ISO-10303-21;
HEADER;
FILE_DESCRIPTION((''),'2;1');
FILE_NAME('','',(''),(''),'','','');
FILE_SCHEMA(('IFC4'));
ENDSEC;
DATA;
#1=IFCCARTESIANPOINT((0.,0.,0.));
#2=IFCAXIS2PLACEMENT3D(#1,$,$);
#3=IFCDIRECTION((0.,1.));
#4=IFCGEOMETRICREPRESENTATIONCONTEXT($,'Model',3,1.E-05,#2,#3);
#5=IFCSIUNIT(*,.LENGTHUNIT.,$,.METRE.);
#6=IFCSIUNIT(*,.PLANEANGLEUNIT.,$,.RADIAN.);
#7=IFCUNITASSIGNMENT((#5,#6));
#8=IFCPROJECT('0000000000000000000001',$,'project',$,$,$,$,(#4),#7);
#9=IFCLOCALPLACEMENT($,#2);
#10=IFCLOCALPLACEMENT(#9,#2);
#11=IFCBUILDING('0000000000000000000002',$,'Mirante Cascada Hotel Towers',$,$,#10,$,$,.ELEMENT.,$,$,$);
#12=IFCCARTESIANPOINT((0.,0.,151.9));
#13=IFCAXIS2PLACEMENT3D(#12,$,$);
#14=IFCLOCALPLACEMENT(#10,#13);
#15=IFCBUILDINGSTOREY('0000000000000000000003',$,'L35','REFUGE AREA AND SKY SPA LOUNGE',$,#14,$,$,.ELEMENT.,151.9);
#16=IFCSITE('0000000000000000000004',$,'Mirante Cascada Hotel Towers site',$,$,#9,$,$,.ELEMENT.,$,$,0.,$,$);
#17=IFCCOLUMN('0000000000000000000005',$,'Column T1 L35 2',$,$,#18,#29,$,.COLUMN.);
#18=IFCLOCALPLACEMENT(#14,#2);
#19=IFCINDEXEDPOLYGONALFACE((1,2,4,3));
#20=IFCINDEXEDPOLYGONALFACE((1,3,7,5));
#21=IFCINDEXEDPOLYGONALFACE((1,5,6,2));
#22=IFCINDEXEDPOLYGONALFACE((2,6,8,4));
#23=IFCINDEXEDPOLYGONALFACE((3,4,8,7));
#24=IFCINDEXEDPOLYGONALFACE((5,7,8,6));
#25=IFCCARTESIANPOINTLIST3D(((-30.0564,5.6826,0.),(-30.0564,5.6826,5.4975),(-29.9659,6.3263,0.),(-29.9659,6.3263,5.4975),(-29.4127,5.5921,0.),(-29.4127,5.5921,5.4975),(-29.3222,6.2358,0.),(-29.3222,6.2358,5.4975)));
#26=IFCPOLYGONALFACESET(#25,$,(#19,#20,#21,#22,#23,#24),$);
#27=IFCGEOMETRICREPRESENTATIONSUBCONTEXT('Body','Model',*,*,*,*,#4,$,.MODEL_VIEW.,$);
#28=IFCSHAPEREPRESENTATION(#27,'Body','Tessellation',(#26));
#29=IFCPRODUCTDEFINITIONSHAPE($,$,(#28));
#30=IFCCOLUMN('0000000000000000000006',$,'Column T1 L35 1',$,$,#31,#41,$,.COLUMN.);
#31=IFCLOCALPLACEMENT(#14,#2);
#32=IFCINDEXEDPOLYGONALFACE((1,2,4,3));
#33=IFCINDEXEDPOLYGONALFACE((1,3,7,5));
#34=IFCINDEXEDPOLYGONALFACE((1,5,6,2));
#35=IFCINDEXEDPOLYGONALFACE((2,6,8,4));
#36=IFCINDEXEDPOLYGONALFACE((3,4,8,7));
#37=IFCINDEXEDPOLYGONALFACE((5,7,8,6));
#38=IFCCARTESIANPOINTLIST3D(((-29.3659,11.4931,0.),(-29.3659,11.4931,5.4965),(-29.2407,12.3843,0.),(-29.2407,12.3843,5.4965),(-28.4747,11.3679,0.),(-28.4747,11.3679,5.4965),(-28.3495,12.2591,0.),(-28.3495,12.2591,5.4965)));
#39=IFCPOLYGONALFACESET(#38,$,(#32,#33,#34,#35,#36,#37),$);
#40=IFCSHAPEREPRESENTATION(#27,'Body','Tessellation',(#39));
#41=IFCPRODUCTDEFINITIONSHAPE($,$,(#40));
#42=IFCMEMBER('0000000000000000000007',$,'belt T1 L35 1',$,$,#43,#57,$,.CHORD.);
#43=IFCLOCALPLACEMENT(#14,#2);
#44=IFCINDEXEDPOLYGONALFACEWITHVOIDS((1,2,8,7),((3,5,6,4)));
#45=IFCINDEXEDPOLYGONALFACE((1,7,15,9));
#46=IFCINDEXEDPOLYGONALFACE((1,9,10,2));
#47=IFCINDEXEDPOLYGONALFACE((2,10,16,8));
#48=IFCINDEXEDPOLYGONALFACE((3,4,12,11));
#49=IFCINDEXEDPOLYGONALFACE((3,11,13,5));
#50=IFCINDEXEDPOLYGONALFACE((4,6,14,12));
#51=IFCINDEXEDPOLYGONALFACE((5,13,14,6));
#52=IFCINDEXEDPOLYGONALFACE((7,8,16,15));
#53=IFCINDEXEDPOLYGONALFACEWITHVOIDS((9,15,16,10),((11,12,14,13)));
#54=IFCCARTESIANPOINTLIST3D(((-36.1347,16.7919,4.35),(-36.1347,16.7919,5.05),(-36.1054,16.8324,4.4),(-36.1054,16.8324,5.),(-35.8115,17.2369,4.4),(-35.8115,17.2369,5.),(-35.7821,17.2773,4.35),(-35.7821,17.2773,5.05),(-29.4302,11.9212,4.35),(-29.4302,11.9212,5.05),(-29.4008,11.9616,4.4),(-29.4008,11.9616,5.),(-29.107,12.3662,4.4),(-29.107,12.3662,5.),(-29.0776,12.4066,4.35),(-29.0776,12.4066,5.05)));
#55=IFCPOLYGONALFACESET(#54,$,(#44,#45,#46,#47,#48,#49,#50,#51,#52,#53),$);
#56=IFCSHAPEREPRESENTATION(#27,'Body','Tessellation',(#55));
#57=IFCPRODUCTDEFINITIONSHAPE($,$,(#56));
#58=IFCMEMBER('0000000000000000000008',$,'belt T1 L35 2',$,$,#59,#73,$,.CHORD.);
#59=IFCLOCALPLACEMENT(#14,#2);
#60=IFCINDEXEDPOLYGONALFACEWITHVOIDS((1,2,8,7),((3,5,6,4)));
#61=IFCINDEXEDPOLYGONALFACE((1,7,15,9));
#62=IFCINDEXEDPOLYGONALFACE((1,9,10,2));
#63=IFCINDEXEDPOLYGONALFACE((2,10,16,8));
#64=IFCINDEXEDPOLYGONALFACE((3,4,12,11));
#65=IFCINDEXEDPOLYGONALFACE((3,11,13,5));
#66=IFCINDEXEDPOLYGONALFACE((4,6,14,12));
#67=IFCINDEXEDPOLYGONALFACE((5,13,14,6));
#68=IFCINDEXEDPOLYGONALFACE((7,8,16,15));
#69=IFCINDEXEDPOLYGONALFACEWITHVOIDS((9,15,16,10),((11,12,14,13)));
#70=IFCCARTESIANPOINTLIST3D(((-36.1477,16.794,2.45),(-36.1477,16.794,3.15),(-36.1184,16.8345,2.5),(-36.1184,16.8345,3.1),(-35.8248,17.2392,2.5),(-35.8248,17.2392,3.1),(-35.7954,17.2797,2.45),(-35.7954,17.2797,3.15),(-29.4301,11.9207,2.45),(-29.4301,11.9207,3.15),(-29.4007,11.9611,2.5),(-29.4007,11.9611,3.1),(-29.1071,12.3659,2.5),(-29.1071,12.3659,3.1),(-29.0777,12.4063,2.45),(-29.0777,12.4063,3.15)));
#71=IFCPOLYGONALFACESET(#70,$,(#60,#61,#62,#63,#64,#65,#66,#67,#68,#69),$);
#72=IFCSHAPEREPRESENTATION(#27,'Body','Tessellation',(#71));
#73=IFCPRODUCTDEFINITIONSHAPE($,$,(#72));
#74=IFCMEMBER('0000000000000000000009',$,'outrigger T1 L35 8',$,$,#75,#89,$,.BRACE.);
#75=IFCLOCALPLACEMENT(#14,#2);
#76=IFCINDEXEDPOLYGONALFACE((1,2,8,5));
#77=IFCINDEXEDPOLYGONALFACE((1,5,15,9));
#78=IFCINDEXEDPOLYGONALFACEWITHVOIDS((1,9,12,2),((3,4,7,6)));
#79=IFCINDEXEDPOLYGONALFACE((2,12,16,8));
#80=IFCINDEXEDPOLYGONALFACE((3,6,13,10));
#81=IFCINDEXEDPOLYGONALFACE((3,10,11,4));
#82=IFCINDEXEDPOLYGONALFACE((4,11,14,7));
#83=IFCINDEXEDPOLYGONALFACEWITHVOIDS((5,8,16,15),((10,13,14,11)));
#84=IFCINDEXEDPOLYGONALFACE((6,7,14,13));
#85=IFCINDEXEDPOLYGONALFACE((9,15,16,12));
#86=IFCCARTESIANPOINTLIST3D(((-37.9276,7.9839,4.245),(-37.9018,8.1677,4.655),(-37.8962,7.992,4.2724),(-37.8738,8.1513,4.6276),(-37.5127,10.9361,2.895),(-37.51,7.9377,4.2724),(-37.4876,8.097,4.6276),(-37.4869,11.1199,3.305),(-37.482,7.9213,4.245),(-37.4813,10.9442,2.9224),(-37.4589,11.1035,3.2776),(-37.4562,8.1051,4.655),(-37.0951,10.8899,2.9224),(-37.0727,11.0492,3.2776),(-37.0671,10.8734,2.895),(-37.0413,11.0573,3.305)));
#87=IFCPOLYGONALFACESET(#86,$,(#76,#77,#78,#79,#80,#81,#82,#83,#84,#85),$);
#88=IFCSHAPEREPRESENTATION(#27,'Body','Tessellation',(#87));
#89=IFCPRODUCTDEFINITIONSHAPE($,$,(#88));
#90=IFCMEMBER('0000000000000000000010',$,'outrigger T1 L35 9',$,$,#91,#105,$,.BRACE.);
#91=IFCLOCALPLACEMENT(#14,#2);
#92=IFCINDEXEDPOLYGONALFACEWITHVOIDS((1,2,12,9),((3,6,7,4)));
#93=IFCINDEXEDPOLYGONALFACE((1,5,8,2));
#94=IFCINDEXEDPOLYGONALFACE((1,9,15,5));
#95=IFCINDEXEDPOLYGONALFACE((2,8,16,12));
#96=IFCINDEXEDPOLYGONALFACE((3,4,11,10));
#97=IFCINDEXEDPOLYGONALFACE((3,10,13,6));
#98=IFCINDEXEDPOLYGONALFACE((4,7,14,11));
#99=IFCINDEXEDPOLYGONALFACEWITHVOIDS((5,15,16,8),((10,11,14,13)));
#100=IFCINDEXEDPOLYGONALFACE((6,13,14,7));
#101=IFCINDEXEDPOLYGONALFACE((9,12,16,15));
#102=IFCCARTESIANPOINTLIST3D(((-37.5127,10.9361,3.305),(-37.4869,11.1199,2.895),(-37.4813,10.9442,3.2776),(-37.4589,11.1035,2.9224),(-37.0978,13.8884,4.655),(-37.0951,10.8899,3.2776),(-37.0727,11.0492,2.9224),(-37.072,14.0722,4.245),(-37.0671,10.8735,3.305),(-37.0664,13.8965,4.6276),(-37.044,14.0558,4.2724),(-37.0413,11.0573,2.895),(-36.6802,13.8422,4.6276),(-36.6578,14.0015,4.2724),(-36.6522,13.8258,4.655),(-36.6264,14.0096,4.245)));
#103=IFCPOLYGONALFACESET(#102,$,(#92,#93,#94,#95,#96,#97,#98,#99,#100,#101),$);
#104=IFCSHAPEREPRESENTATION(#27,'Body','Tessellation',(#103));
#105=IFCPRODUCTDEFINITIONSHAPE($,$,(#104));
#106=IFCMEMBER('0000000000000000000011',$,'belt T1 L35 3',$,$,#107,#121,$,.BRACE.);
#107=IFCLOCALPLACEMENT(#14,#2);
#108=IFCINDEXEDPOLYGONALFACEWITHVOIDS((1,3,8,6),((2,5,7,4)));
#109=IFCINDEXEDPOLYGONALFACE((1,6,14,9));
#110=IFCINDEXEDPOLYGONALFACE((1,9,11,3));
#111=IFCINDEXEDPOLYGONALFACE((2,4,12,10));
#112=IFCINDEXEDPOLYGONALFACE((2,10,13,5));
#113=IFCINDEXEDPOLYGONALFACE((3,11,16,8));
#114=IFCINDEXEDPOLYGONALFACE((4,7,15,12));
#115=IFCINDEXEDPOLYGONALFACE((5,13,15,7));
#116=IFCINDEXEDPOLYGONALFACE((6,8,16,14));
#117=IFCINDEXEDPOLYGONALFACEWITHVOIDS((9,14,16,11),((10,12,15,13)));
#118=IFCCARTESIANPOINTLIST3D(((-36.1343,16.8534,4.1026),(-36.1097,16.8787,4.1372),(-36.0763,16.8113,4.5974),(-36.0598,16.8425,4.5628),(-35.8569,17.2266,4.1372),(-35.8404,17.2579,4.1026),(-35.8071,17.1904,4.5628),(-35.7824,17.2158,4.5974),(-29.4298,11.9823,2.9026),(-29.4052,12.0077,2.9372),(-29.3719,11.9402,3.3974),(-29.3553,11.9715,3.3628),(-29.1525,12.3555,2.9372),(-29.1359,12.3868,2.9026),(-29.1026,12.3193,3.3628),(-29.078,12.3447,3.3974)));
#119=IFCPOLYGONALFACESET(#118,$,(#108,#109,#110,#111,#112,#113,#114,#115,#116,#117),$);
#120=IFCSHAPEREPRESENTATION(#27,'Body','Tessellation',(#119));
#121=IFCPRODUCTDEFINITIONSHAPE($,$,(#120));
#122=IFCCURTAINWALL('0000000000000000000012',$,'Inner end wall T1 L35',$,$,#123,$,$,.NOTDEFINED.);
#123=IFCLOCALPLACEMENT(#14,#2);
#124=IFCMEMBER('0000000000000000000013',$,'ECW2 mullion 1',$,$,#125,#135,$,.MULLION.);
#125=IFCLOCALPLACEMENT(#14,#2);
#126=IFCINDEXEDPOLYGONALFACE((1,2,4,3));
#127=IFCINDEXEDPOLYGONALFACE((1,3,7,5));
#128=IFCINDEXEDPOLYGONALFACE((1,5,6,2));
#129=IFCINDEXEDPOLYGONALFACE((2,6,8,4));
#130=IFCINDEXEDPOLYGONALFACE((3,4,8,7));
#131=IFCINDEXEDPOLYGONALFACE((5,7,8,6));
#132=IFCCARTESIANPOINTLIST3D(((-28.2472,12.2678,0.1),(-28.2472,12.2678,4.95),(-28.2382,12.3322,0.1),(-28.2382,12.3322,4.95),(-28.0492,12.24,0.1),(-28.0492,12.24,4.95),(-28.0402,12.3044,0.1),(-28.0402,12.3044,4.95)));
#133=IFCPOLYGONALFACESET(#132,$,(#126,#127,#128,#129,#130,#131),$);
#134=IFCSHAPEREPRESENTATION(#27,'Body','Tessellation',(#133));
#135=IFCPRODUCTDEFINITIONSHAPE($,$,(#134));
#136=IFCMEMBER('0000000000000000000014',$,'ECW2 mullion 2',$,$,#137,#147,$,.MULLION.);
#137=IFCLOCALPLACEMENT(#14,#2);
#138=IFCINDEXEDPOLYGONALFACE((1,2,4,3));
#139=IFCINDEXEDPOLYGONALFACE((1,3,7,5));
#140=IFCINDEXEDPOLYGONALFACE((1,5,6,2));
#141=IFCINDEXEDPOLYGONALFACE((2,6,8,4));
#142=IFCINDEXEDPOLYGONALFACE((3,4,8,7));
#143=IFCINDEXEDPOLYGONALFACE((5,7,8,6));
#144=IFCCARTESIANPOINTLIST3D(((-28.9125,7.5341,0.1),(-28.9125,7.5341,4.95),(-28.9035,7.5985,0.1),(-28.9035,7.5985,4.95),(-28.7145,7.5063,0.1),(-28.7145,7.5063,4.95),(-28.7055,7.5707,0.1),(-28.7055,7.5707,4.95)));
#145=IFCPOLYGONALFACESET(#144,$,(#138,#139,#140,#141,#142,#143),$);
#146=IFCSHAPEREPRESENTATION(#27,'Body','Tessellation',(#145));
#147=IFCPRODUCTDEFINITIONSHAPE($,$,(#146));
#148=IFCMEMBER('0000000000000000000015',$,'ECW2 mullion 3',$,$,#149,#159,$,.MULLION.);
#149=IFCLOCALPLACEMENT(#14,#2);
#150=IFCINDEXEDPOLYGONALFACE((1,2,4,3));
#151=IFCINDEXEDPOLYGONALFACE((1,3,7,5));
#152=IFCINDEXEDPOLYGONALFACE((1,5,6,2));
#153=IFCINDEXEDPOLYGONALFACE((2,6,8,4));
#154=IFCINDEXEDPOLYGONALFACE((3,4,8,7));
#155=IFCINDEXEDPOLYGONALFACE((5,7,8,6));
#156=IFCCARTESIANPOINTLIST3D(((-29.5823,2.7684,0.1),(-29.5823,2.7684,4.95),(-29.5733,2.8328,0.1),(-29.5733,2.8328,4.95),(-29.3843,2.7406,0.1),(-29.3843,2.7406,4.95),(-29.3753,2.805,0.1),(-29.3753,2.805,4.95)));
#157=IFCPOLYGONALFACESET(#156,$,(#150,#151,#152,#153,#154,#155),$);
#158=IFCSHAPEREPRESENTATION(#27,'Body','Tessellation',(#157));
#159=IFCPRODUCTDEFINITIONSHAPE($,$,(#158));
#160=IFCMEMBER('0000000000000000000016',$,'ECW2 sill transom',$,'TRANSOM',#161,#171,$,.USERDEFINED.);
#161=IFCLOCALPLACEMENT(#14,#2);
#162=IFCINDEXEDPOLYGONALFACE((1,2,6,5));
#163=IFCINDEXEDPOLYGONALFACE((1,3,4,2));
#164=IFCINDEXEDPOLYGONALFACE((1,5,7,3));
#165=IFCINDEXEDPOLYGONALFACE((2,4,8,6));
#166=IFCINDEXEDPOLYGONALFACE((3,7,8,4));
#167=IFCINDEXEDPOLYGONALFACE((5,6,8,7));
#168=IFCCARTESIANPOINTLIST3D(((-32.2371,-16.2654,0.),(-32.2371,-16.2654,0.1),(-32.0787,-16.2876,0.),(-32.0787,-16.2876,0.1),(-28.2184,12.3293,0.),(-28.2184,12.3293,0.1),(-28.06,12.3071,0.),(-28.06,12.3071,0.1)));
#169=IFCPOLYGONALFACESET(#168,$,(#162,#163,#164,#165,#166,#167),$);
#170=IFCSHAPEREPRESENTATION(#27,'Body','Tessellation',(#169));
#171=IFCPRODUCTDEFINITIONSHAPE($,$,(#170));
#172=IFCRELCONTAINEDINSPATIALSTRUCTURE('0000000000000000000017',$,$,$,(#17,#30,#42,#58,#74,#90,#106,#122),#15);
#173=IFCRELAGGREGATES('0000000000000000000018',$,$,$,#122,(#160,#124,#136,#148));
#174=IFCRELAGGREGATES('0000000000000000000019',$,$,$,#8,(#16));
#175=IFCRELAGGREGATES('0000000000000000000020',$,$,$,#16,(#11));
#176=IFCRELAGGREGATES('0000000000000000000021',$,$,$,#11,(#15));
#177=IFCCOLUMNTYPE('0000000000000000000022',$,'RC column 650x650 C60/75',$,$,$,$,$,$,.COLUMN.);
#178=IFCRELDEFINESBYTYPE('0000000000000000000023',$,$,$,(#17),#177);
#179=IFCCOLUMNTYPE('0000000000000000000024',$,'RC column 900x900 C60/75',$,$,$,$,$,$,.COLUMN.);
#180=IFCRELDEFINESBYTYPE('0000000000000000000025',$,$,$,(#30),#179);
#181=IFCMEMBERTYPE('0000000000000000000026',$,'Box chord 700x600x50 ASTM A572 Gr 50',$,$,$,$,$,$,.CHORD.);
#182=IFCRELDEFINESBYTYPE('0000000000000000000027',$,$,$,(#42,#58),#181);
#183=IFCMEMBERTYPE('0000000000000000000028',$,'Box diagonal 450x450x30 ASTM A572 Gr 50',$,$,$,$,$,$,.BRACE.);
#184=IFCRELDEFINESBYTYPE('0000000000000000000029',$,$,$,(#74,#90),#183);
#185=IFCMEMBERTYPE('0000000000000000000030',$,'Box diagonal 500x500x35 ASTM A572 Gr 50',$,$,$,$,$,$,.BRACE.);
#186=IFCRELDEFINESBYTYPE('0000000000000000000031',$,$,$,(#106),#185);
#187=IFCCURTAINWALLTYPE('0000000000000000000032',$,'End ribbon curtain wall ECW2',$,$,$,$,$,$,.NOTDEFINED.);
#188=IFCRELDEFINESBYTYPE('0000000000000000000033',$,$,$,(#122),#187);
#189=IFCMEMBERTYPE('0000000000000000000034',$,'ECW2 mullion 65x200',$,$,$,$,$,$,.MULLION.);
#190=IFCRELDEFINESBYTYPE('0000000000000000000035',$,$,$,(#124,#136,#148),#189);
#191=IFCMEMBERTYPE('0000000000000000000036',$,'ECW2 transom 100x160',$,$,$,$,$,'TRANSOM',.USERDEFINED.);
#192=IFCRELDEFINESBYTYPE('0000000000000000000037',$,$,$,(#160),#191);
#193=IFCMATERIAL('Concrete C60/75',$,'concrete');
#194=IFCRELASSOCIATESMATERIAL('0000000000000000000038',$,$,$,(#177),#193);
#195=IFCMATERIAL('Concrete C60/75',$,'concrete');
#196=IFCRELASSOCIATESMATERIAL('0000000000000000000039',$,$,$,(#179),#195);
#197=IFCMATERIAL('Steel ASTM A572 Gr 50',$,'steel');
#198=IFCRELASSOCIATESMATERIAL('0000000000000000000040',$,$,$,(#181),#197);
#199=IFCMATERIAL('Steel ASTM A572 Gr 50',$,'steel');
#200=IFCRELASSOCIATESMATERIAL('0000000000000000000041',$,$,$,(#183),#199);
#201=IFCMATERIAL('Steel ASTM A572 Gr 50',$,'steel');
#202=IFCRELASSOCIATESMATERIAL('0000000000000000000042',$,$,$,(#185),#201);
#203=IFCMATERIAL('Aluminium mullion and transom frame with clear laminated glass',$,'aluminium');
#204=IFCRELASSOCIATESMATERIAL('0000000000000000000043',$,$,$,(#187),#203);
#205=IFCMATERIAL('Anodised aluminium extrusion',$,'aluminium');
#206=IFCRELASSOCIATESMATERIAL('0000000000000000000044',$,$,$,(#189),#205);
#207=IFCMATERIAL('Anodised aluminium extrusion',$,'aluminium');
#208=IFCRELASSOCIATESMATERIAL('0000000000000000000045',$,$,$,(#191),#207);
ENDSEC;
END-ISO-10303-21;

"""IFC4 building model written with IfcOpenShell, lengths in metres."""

from ifc_helpers import new_model, si_unit, direction, frame, origin, origin_2d, place, context, subcontext, project, spatial, rectangle, hollow_rectangle, extrude, material, material_profile, profile_set, type_object, element, aggregate, save


model = new_model("IFC4")

# Units and contexts
model_context = context("Model", 3, precision=1e-05, world=origin(), true_north=direction((0.0, 1.0)))
body_context = subcontext(model_context, "Body", "Model", "MODEL_VIEW")
ifc_project = project(units=[si_unit("LENGTHUNIT", "METRE"), si_unit("PLANEANGLEUNIT", "RADIAN")], contexts=[model_context])

# Site, building, storey
site_placement = place(None, origin())
site = spatial("IfcSite", under=ifc_project, at=site_placement, Name="Mirante Cascada Hotel Towers site", CompositionType="ELEMENT", RefElevation=0.0)
building_placement = place(site_placement, origin())
building = spatial("IfcBuilding", under=site, at=building_placement, Name="Mirante Cascada Hotel Towers", CompositionType="ELEMENT")
storey_placement = place(building_placement, frame((0.0, 0.0, 151.9)))
storey = spatial("IfcBuildingStorey", under=building, at=storey_placement, Name="L35", Description="REFUGE AREA AND SKY SPA LOUNGE", CompositionType="ELEMENT", Elevation=151.9)

# Columns
ifc_material_1 = material(Name="Concrete C60/75", Category="concrete")
ifc_material_profile_1 = material_profile(ifc_material_1, rectangle(XDim=0.65, YDim=0.65, at=origin_2d()), Name="RC column 650x650 C60/75")
ifc_profile_set_1 = profile_set([ifc_material_profile_1], Name="Concrete C60/75")
column_type_1 = type_object("IfcColumnType", Name="RC column 650x650 C60/75", PredefinedType="COLUMN", material=ifc_profile_set_1)
column_1_placement = place(storey_placement, frame((-29.6893, 5.9592, 0.0), z_axis=(0.0, 0.0, 1.0), x_axis=(-0.990268, 0.139173, 0.0)))
element("IfcColumn", 1, at=column_1_placement, inside=storey, type_object=column_type_1, Name="Column T1 L35 2", PredefinedType="COLUMN", context=body_context, shape_type="SweptSolid", body=[
    extrude(rectangle(XDim=0.65, YDim=0.65, at=origin_2d()), origin(), (0.0, 0.0, 1.0), 5.4975),
])
ifc_material_2 = material(Name="Concrete C60/75", Category="concrete")
ifc_material_profile_2 = material_profile(ifc_material_2, rectangle(XDim=0.9, YDim=0.9, at=origin_2d()), Name="RC column 900x900 C60/75")
ifc_profile_set_2 = profile_set([ifc_material_profile_2], Name="Concrete C60/75")
column_type_2 = type_object("IfcColumnType", Name="RC column 900x900 C60/75", PredefinedType="COLUMN", material=ifc_profile_set_2)
column_2_placement = place(storey_placement, frame((-28.8577, 11.8761, 0.0), z_axis=(0.0, 0.0, 1.0), x_axis=(-0.990268, 0.139173, 0.0)))
element("IfcColumn", 2, at=column_2_placement, inside=storey, type_object=column_type_2, Name="Column T1 L35 1", PredefinedType="COLUMN", context=body_context, shape_type="SweptSolid", body=[
    extrude(rectangle(XDim=0.9, YDim=0.9, at=origin_2d()), origin(), (0.0, 0.0, 1.0), 5.4965),
])

# Members
ifc_material_3 = material(Name="Steel ASTM A572 Gr 50", Category="steel")
ifc_material_profile_3 = material_profile(ifc_material_3, hollow_rectangle(XDim=0.6, YDim=0.7, WallThickness=0.05, at=origin_2d()), Name="Box chord 700x600x50 ASTM A572 Gr 50")
ifc_profile_set_3 = profile_set([ifc_material_profile_3], Name="Steel ASTM A572 Gr 50")
member_type_1 = type_object("IfcMemberType", Name="Box chord 700x600x50 ASTM A572 Gr 50", PredefinedType="CHORD", material=ifc_profile_set_3)
member_1_placement = place(storey_placement, frame((-29.2539, 12.1639, 4.7), z_axis=(-0.80904, 0.587753, 0.0), x_axis=(-0.587753, -0.80904, 0.0)))
element("IfcMember", 3, at=member_1_placement, inside=storey, type_object=member_type_1, Name="belt T1 L35 1", PredefinedType="CHORD", context=body_context, shape_type="SweptSolid", body=[
    extrude(hollow_rectangle(XDim=0.6, YDim=0.7, WallThickness=0.05, at=origin_2d()), origin(), (0.0, 0.0, 1.0), 8.287),
])
member_2_placement = place(storey_placement, frame((-29.2539, 12.1635, 2.8), z_axis=(-0.809435, 0.58721, 0.0), x_axis=(-0.58721, -0.809435, 0.0)))
element("IfcMember", 4, at=member_2_placement, inside=storey, type_object=member_type_1, Name="belt T1 L35 2", PredefinedType="CHORD", context=body_context, shape_type="SweptSolid", body=[
    extrude(hollow_rectangle(XDim=0.6, YDim=0.7, WallThickness=0.05, at=origin_2d()), origin(), (0.0, 0.0, 1.0), 8.2992),
])
ifc_material_4 = material(Name="Steel ASTM A572 Gr 50", Category="steel")
ifc_material_profile_4 = material_profile(ifc_material_4, hollow_rectangle(XDim=0.45, YDim=0.45, WallThickness=0.03, at=origin_2d()), Name="Box diagonal 450x450x30 ASTM A572 Gr 50")
ifc_profile_set_4 = profile_set([ifc_material_profile_4], Name="Steel ASTM A572 Gr 50")
member_type_2 = type_object("IfcMemberType", Name="Box diagonal 450x450x30 ASTM A572 Gr 50", PredefinedType="BRACE", material=ifc_profile_set_4)
member_3_placement = place(storey_placement, frame((-37.6919, 8.0445, 4.45), z_axis=(0.126779, 0.902087, -0.412512), x_axis=(-0.990268, 0.139172, 0.0)))
element("IfcMember", 5, at=member_3_placement, inside=storey, type_object=member_type_2, Name="outrigger T1 L35 8", PredefinedType="BRACE", context=body_context, shape_type="SweptSolid", body=[
    extrude(hollow_rectangle(XDim=0.45, YDim=0.45, WallThickness=0.03, at=origin_2d()), origin(), (0.0, 0.0, 1.0), 3.2726),
])
member_4_placement = place(storey_placement, frame((-37.277, 10.9967, 3.1), z_axis=(0.126775, 0.902093, 0.4125), x_axis=(-0.990269, 0.139167, 0.0)))
element("IfcMember", 6, at=member_4_placement, inside=storey, type_object=member_type_2, Name="outrigger T1 L35 9", PredefinedType="BRACE", context=body_context, shape_type="SweptSolid", body=[
    extrude(hollow_rectangle(XDim=0.45, YDim=0.45, WallThickness=0.03, at=origin_2d()), origin(), (0.0, 0.0, 1.0), 3.2727),
])
ifc_material_5 = material(Name="Steel ASTM A572 Gr 50", Category="steel")
ifc_material_profile_5 = material_profile(ifc_material_5, hollow_rectangle(XDim=0.5, YDim=0.5, WallThickness=0.035, at=origin_2d()), Name="Box diagonal 500x500x35 ASTM A572 Gr 50")
ifc_profile_set_5 = profile_set([ifc_material_profile_5], Name="Steel ASTM A572 Gr 50")
member_type_3 = type_object("IfcMemberType", Name="Box diagonal 500x500x35 ASTM A572 Gr 50", PredefinedType="BRACE", material=ifc_profile_set_5)
member_5_placement = place(storey_placement, frame((-29.2539, 12.1635, 3.15), z_axis=(-0.800667, 0.581718, 0.143307), x_axis=(-0.587785, -0.809017, 0.0)))
element("IfcMember", 7, at=member_5_placement, inside=storey, type_object=member_type_3, Name="belt T1 L35 3", PredefinedType="BRACE", context=body_context, shape_type="SweptSolid", body=[
    extrude(hollow_rectangle(XDim=0.5, YDim=0.5, WallThickness=0.035, at=origin_2d()), origin(), (0.0, 0.0, 1.0), 8.3736),
])

# Curtain wall, members
ifc_material_6 = material(Name="Aluminium mullion and transom frame with clear laminated glass", Category="aluminium")
curtain_wall_type = type_object("IfcCurtainWallType", Name="End ribbon curtain wall ECW2", PredefinedType="NOTDEFINED", material=ifc_material_6)
curtain_wall_placement = place(storey_placement, origin())
curtain_wall = element("IfcCurtainWall", 8, at=curtain_wall_placement, inside=storey, type_object=curtain_wall_type, Name="Inner end wall T1 L35", PredefinedType="NOTDEFINED")
ifc_material_7 = material(Name="Anodised aluminium extrusion", Category="aluminium")
ifc_material_profile_6 = material_profile(ifc_material_7, rectangle(XDim=0.2, YDim=0.065, at=origin_2d()), Name="ECW2 MULLION 65x200")
ifc_profile_set_6 = profile_set([ifc_material_profile_6], Name="Anodised aluminium extrusion")
member_type_4 = type_object("IfcMemberType", Name="ECW2 mullion 65x200", PredefinedType="MULLION", material=ifc_profile_set_6)
member_6_placement = place(storey_placement, frame((-28.1437, 12.2861, 0.1), z_axis=(0.0, 0.0, 1.0), x_axis=(0.990268, -0.139173, 0.0)))
member_6 = element("IfcMember", 9, at=member_6_placement, type_object=member_type_4, Name="ECW2 mullion 1", PredefinedType="MULLION", context=body_context, shape_type="SweptSolid", body=[
    extrude(rectangle(XDim=0.2, YDim=0.065, at=origin_2d()), origin(), (0.0, 0.0, 1.0), 4.85),
])
member_7_placement = place(storey_placement, frame((-28.809, 7.5524, 0.1), z_axis=(0.0, 0.0, 1.0), x_axis=(0.990268, -0.139173, 0.0)))
member_7 = element("IfcMember", 10, at=member_7_placement, type_object=member_type_4, Name="ECW2 mullion 2", PredefinedType="MULLION", context=body_context, shape_type="SweptSolid", body=[
    extrude(rectangle(XDim=0.2, YDim=0.065, at=origin_2d()), origin(), (0.0, 0.0, 1.0), 4.85),
])
member_8_placement = place(storey_placement, frame((-29.4788, 2.7867, 0.1), z_axis=(0.0, 0.0, 1.0), x_axis=(0.990268, -0.139173, 0.0)))
member_8 = element("IfcMember", 11, at=member_8_placement, type_object=member_type_4, Name="ECW2 mullion 3", PredefinedType="MULLION", context=body_context, shape_type="SweptSolid", body=[
    extrude(rectangle(XDim=0.2, YDim=0.065, at=origin_2d()), origin(), (0.0, 0.0, 1.0), 4.85),
])
ifc_material_8 = material(Name="Anodised aluminium extrusion", Category="aluminium")
ifc_material_profile_7 = material_profile(ifc_material_8, rectangle(XDim=0.16, YDim=0.1, at=origin_2d()), Name="ECW2 TRANSOM 100x160")
ifc_profile_set_7 = profile_set([ifc_material_profile_7], Name="Anodised aluminium extrusion")
member_type_5 = type_object("IfcMemberType", Name="ECW2 transom 100x160", ElementType="TRANSOM", PredefinedType="USERDEFINED", material=ifc_profile_set_7)
member_9_placement = place(storey_placement, frame((-28.1392, 12.3182, 0.05), z_axis=(-0.139172, -0.990268, 0.0), x_axis=(0.990268, -0.139172, 0.0)))
member_9 = element("IfcMember", 12, at=member_9_placement, type_object=member_type_5, Name="ECW2 sill transom", ObjectType="TRANSOM", PredefinedType="USERDEFINED", context=body_context, shape_type="SweptSolid", body=[
    extrude(rectangle(XDim=0.16, YDim=0.1, at=origin_2d()), origin(), (0.0, 0.0, 1.0), 28.8757),
])
aggregate(curtain_wall, [member_9, member_6, member_7, member_8])

save(model, "model.ifc")
